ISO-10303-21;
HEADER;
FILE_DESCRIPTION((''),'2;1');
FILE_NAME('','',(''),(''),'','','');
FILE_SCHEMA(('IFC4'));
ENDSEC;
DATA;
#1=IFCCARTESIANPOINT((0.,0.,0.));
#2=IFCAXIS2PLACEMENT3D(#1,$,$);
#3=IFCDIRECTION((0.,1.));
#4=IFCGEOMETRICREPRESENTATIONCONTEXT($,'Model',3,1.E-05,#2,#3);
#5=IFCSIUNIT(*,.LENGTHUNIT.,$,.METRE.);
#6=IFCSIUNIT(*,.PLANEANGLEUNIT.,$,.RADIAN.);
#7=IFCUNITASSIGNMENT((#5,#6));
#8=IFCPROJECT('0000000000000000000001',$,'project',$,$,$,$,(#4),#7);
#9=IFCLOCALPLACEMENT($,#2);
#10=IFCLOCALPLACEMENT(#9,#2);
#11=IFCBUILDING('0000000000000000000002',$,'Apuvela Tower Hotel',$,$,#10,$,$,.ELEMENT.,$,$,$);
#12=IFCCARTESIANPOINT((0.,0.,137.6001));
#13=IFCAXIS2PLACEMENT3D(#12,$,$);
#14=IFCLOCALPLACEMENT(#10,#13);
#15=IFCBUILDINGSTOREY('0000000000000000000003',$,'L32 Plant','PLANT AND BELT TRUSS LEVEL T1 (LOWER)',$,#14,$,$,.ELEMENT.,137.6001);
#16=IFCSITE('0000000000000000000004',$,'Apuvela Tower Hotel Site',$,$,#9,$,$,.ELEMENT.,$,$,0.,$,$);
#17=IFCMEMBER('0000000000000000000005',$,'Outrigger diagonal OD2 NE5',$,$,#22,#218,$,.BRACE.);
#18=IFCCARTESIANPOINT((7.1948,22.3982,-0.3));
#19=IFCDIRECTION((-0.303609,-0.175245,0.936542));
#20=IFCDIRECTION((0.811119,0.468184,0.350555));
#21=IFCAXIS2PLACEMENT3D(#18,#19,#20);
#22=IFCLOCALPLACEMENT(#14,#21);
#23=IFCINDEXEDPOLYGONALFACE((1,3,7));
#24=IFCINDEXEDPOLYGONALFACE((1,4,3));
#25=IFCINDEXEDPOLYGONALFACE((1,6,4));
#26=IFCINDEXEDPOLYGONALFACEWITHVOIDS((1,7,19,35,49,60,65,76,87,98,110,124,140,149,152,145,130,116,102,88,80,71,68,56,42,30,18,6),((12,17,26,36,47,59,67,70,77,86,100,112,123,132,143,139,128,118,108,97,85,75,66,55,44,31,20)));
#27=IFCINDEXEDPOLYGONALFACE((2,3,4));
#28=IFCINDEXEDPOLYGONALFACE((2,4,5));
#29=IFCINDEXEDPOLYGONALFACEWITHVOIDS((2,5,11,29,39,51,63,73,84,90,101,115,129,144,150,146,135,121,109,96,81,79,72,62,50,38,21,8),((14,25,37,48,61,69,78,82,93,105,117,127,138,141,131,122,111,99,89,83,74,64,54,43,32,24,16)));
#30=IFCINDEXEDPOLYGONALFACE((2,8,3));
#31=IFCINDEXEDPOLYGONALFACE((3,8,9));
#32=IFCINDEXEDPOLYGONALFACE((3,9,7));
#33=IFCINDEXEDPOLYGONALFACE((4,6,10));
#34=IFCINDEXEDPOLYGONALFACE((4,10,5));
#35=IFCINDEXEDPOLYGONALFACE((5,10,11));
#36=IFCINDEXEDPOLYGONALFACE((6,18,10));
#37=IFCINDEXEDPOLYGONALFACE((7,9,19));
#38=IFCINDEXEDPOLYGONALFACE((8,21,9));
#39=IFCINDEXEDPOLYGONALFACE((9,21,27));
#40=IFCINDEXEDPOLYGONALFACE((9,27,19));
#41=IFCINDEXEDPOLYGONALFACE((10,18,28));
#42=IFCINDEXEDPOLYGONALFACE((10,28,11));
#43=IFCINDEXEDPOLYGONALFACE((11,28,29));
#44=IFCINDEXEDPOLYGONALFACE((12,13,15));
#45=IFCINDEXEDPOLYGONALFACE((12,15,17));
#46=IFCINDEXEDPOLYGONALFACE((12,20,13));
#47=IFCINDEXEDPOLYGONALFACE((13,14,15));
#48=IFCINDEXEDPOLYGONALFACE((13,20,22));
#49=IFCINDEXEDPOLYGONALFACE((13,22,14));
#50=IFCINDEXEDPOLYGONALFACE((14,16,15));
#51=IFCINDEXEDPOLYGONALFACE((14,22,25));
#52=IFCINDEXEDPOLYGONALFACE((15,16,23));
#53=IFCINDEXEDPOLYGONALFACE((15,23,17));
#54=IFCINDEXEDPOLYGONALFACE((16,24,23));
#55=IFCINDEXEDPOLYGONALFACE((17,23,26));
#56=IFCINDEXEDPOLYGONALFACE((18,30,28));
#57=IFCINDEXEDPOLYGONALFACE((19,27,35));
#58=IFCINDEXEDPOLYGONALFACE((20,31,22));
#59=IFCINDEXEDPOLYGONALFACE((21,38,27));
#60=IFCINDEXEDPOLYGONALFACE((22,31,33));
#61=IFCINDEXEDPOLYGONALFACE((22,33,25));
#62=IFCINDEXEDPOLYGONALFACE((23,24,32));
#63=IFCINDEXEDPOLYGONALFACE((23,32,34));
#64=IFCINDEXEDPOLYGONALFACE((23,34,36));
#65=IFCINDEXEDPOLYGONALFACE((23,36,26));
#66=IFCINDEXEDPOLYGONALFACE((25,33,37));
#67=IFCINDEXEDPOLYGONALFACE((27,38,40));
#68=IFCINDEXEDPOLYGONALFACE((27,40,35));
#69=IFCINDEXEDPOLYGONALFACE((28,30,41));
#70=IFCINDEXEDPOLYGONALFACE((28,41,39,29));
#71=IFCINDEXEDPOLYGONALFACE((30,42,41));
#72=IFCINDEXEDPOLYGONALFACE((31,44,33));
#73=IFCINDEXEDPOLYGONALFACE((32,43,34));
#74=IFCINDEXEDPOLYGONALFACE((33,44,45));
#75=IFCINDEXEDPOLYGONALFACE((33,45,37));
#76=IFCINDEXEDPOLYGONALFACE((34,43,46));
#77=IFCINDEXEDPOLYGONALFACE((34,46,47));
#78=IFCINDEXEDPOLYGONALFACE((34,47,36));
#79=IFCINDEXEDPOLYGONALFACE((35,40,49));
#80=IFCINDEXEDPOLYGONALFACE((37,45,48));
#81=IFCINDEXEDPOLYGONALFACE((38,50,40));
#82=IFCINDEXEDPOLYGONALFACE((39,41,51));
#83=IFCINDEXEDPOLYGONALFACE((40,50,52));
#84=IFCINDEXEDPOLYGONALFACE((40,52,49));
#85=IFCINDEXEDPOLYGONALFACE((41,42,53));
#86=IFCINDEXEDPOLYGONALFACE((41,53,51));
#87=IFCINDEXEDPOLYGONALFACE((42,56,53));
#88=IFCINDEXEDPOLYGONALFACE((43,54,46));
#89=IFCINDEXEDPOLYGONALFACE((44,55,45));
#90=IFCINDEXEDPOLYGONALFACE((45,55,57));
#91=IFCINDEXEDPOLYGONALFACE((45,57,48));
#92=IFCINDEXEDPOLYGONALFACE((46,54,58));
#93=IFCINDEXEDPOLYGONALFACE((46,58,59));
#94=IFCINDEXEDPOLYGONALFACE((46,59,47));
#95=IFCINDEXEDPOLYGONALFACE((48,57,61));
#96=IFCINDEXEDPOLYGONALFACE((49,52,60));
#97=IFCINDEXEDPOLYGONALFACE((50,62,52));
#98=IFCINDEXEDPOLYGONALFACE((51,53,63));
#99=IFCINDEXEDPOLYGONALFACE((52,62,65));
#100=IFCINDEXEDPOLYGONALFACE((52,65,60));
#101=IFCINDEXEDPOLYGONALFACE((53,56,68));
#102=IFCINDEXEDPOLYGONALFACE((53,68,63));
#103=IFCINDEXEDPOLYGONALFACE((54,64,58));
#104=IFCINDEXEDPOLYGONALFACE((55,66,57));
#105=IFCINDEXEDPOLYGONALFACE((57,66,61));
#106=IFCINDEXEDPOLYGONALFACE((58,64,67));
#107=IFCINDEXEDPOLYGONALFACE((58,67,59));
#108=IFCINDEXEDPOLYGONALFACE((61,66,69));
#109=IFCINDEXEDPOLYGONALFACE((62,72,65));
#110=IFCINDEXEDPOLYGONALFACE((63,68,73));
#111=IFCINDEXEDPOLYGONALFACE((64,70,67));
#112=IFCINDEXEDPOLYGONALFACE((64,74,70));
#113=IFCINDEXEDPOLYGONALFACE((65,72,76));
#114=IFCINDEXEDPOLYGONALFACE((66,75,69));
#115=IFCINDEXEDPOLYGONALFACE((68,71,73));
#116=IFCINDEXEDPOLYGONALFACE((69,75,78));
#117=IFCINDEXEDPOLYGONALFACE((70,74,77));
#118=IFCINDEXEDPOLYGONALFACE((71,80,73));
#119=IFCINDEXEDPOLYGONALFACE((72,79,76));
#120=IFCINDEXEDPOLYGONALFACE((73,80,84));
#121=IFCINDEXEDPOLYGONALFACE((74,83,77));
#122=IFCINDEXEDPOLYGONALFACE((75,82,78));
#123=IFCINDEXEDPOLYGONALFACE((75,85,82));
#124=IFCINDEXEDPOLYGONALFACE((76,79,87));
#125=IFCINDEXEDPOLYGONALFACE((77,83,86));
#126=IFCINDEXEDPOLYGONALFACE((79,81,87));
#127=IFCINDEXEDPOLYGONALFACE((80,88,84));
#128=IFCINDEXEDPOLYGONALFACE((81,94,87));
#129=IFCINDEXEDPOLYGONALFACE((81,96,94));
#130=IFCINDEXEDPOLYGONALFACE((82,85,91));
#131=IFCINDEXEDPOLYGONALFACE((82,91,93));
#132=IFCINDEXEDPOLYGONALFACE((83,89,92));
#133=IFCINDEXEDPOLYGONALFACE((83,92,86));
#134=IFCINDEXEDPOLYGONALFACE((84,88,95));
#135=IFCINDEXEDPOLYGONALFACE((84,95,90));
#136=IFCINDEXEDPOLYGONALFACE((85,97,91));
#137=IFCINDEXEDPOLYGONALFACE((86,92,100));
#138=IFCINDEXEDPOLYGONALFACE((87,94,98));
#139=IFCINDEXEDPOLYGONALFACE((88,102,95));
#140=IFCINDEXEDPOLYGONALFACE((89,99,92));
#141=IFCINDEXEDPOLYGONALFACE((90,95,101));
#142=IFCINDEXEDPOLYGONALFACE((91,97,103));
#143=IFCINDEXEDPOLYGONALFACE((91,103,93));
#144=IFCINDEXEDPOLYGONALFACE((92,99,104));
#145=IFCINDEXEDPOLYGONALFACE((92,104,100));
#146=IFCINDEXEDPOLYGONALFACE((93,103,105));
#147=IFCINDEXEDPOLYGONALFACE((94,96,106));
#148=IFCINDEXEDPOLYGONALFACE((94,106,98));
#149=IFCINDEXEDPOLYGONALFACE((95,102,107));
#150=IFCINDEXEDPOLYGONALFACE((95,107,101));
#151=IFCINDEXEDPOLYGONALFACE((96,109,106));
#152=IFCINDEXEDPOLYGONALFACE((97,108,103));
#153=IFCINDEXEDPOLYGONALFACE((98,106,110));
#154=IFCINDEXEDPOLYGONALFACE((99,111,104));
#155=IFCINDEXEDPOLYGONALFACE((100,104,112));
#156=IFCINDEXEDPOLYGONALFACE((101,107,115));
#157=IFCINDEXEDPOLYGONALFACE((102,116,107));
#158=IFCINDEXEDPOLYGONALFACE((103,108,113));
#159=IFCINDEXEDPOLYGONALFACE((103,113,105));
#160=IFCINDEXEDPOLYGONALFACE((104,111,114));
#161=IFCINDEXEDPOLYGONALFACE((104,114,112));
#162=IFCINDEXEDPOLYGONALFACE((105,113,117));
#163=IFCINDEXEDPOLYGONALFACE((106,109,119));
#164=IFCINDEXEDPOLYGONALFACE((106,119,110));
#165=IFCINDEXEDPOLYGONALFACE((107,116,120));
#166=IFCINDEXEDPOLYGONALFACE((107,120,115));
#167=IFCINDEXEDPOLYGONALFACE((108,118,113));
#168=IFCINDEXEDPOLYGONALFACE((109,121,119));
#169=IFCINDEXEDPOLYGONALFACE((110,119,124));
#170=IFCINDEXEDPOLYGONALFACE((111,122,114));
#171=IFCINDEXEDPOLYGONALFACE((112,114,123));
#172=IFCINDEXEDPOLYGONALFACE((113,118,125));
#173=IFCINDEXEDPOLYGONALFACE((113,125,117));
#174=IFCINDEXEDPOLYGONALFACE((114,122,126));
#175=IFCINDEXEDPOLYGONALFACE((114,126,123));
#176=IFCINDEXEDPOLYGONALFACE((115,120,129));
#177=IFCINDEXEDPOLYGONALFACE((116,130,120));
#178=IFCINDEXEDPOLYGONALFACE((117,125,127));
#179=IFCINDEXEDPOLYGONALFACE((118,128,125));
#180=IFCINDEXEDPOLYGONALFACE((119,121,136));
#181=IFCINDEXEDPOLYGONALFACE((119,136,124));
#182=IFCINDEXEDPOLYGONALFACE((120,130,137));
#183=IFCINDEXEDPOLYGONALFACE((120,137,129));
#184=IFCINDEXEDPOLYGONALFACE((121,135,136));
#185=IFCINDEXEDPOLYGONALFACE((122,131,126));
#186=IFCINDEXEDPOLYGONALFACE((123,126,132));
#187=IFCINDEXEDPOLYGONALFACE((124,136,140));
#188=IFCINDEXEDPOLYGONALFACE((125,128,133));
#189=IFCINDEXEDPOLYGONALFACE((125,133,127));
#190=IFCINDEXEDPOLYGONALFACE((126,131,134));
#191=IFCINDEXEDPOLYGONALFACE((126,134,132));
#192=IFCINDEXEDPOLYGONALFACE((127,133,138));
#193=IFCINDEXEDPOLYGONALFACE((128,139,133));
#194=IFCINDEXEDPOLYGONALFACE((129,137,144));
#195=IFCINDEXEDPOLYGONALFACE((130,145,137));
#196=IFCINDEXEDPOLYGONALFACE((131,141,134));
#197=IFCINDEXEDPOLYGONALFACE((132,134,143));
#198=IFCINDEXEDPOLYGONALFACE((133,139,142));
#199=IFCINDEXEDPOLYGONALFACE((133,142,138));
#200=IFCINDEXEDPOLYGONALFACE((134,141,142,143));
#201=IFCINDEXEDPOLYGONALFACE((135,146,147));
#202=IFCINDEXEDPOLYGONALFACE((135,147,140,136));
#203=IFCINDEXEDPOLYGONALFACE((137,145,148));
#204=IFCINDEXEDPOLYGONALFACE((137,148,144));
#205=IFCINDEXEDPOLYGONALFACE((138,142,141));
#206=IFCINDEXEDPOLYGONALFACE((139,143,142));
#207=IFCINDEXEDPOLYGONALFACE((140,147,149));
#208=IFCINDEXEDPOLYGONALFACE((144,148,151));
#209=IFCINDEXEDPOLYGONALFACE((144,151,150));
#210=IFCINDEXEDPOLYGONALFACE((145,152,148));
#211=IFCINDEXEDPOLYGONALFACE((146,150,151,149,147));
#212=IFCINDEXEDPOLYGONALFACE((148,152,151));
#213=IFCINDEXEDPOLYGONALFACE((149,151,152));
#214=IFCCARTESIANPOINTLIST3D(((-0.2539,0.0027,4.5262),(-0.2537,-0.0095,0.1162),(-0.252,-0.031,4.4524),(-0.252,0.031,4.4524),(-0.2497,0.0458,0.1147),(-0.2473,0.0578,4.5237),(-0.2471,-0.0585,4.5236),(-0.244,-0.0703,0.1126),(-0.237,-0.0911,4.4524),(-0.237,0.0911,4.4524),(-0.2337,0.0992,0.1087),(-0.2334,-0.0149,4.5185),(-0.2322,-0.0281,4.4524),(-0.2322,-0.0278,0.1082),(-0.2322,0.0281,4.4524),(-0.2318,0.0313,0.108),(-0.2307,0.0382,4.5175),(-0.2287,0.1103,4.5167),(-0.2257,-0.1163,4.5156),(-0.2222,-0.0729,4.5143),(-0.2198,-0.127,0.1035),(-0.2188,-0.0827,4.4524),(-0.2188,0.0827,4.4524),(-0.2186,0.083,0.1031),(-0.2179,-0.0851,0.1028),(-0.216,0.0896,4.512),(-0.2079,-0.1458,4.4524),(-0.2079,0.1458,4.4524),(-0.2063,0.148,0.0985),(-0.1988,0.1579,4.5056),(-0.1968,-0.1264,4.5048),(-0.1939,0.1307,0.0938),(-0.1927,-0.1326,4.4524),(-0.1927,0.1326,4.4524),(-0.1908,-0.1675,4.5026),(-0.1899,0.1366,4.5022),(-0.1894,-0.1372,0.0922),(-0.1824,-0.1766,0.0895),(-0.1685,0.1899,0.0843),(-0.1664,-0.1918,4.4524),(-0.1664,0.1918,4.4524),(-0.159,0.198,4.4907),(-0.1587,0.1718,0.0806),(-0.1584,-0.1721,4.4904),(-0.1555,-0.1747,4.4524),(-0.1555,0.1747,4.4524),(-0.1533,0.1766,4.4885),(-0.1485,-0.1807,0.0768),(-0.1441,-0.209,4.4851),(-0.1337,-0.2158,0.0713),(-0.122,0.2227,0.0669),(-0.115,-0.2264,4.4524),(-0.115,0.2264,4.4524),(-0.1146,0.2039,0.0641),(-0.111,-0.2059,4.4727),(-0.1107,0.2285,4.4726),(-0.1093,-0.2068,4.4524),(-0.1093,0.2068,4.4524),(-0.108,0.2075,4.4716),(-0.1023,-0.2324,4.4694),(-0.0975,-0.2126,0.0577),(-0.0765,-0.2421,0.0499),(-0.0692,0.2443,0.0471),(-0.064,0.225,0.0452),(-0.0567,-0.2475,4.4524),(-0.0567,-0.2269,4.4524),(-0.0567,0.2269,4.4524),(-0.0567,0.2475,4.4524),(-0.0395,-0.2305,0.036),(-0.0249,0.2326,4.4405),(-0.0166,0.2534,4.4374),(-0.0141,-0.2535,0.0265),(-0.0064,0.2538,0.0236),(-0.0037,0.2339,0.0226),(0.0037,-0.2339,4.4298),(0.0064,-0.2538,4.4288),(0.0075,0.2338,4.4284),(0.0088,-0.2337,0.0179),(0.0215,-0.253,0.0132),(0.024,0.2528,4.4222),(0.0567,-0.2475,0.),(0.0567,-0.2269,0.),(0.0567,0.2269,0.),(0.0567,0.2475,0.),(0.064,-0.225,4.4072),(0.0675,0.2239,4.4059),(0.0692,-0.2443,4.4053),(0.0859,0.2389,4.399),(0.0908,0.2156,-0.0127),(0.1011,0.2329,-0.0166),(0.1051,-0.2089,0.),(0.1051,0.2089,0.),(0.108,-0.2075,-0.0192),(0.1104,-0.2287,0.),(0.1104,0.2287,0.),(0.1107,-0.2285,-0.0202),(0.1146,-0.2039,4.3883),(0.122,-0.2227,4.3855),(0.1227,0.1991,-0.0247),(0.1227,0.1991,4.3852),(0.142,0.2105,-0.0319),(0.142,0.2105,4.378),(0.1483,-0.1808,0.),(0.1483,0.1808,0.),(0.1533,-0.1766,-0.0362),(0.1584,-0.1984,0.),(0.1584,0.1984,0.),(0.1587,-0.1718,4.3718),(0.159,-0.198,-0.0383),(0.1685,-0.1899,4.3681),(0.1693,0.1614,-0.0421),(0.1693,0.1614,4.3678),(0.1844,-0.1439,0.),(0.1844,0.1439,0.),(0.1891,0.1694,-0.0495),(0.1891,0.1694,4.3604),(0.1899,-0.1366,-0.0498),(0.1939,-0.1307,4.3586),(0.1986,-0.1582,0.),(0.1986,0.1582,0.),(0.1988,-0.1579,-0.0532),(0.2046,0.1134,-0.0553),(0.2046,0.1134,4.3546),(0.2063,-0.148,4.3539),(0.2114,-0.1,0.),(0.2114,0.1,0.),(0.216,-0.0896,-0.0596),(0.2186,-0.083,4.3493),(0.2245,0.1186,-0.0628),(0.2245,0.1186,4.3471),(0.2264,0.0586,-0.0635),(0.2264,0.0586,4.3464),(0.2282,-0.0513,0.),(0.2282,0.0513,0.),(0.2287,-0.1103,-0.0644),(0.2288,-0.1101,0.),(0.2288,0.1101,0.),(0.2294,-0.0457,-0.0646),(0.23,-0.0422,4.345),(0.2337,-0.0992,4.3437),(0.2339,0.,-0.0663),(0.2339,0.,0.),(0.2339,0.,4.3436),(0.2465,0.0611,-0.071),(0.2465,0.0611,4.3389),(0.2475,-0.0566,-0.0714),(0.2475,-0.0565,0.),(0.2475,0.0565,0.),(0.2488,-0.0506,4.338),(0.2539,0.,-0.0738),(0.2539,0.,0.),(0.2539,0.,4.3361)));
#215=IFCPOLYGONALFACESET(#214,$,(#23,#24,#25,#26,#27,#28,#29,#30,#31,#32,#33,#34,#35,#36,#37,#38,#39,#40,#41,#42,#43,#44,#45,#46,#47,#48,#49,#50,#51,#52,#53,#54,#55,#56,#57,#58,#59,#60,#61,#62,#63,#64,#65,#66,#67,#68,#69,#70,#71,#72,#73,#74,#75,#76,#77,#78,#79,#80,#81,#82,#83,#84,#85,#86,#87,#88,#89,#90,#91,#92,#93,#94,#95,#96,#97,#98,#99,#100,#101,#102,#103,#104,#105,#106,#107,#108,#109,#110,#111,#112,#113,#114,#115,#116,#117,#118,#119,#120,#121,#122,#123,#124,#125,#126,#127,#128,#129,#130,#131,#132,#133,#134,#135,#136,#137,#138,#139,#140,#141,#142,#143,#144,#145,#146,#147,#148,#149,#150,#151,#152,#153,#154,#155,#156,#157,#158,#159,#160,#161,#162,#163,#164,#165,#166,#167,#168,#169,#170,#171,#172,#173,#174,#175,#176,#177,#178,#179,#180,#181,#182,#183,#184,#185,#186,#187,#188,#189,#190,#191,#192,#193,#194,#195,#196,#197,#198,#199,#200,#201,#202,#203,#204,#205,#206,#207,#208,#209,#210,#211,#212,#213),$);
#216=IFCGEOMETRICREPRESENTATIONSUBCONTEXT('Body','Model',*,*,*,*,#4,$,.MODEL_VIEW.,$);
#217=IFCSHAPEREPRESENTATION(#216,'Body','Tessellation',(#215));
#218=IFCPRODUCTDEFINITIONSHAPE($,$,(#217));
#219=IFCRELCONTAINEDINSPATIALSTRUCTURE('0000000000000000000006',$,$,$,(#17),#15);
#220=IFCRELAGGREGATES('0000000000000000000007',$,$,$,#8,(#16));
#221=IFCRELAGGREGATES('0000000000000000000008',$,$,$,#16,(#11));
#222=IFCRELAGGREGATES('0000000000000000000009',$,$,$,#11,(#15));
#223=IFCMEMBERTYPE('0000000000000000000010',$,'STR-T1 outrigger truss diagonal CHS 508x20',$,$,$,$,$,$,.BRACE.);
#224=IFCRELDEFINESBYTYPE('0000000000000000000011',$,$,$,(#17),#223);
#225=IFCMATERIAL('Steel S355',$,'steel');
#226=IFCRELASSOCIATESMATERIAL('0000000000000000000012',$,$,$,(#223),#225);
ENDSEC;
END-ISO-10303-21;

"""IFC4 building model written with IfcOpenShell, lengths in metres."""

from ifc_helpers import new_model, si_unit, direction, frame, origin, origin_2d, place, context, subcontext, project, spatial, hollow_circle, extrude, boolean, halfspace, material, material_profile, profile_set, type_object, element, save


model = new_model("IFC4")

# Units and contexts
model_context = context("Model", 3, precision=1e-05, world=origin(), true_north=direction((0.0, 1.0)))
body_context = subcontext(model_context, "Body", "Model", "MODEL_VIEW")
ifc_project = project(units=[si_unit("LENGTHUNIT", "METRE"), si_unit("PLANEANGLEUNIT", "RADIAN")], contexts=[model_context])

# Site, building, storey
site_placement = place(None, origin())
site = spatial("IfcSite", under=ifc_project, at=site_placement, Name="Apuvela Tower Hotel Site", CompositionType="ELEMENT", RefElevation=0.0)
building_placement = place(site_placement, origin())
building = spatial("IfcBuilding", under=site, at=building_placement, Name="Apuvela Tower Hotel", CompositionType="ELEMENT")
storey_placement = place(building_placement, frame((0.0, 0.0, 137.6001)))
storey = spatial("IfcBuildingStorey", under=building, at=storey_placement, Name="L32 Plant", Description="PLANT AND BELT TRUSS LEVEL T1 (LOWER)", CompositionType="ELEMENT", Elevation=137.6001)

# Member
ifc_material_1 = material(Name="Steel S355", Category="steel")
ifc_material_profile_1 = material_profile(ifc_material_1, hollow_circle(Radius=0.2539, WallThickness=0.02, at=origin_2d()), Name="CHS 508x20")
ifc_profile_set_1 = profile_set([ifc_material_profile_1], Name="Steel S355")
member_type_1 = type_object("IfcMemberType", Name="STR-T1 outrigger truss diagonal CHS 508x20", PredefinedType="BRACE", material=ifc_profile_set_1)
member_1_placement = place(storey_placement, frame((7.1948, 22.3982, -0.3), z_axis=(-0.303609, -0.175245, 0.936542), x_axis=(0.811119, 0.468184, 0.350555)))
solid_1 = boolean("DIFFERENCE", boolean("DIFFERENCE", extrude(hollow_circle(Radius=0.2539, WallThickness=0.02, at=origin_2d()), frame((0.0, 0.0, -0.2151)), (0.0, 0.0, 1.0), 4.8826), halfspace(frame((0.0, 0.0, 0.0212), z_axis=(0.350555, 0.0, 0.936542), x_axis=(0.936542, 0.0, -0.350555)), True)), halfspace(frame((0.0, 0.0, 4.4312), z_axis=(0.350555, 0.0, 0.936542), x_axis=(0.936542, 0.0, -0.350555)), False))
element("IfcMember", 1, at=member_1_placement, inside=storey, type_object=member_type_1, Name="Outrigger diagonal OD2 NE5", PredefinedType="BRACE", context=body_context, shape_type="SweptSolid", body=[
    boolean("UNION", boolean("DIFFERENCE", boolean("DIFFERENCE", extrude(hollow_circle(Radius=0.2539, WallThickness=0.02, at=origin_2d()), origin(), (0.0, 0.0, 1.0), 4.4524), halfspace(frame((0.0, 0.0, 0.0212), z_axis=(0.350555, 0.0, 0.936542), x_axis=(0.936542, 0.0, -0.350555)), True)), halfspace(frame((0.0, 0.0, 4.4312), z_axis=(0.350555, 0.0, 0.936542), x_axis=(0.936542, 0.0, -0.350555)), False)), solid_1),
])

save(model, "model.ifc")
